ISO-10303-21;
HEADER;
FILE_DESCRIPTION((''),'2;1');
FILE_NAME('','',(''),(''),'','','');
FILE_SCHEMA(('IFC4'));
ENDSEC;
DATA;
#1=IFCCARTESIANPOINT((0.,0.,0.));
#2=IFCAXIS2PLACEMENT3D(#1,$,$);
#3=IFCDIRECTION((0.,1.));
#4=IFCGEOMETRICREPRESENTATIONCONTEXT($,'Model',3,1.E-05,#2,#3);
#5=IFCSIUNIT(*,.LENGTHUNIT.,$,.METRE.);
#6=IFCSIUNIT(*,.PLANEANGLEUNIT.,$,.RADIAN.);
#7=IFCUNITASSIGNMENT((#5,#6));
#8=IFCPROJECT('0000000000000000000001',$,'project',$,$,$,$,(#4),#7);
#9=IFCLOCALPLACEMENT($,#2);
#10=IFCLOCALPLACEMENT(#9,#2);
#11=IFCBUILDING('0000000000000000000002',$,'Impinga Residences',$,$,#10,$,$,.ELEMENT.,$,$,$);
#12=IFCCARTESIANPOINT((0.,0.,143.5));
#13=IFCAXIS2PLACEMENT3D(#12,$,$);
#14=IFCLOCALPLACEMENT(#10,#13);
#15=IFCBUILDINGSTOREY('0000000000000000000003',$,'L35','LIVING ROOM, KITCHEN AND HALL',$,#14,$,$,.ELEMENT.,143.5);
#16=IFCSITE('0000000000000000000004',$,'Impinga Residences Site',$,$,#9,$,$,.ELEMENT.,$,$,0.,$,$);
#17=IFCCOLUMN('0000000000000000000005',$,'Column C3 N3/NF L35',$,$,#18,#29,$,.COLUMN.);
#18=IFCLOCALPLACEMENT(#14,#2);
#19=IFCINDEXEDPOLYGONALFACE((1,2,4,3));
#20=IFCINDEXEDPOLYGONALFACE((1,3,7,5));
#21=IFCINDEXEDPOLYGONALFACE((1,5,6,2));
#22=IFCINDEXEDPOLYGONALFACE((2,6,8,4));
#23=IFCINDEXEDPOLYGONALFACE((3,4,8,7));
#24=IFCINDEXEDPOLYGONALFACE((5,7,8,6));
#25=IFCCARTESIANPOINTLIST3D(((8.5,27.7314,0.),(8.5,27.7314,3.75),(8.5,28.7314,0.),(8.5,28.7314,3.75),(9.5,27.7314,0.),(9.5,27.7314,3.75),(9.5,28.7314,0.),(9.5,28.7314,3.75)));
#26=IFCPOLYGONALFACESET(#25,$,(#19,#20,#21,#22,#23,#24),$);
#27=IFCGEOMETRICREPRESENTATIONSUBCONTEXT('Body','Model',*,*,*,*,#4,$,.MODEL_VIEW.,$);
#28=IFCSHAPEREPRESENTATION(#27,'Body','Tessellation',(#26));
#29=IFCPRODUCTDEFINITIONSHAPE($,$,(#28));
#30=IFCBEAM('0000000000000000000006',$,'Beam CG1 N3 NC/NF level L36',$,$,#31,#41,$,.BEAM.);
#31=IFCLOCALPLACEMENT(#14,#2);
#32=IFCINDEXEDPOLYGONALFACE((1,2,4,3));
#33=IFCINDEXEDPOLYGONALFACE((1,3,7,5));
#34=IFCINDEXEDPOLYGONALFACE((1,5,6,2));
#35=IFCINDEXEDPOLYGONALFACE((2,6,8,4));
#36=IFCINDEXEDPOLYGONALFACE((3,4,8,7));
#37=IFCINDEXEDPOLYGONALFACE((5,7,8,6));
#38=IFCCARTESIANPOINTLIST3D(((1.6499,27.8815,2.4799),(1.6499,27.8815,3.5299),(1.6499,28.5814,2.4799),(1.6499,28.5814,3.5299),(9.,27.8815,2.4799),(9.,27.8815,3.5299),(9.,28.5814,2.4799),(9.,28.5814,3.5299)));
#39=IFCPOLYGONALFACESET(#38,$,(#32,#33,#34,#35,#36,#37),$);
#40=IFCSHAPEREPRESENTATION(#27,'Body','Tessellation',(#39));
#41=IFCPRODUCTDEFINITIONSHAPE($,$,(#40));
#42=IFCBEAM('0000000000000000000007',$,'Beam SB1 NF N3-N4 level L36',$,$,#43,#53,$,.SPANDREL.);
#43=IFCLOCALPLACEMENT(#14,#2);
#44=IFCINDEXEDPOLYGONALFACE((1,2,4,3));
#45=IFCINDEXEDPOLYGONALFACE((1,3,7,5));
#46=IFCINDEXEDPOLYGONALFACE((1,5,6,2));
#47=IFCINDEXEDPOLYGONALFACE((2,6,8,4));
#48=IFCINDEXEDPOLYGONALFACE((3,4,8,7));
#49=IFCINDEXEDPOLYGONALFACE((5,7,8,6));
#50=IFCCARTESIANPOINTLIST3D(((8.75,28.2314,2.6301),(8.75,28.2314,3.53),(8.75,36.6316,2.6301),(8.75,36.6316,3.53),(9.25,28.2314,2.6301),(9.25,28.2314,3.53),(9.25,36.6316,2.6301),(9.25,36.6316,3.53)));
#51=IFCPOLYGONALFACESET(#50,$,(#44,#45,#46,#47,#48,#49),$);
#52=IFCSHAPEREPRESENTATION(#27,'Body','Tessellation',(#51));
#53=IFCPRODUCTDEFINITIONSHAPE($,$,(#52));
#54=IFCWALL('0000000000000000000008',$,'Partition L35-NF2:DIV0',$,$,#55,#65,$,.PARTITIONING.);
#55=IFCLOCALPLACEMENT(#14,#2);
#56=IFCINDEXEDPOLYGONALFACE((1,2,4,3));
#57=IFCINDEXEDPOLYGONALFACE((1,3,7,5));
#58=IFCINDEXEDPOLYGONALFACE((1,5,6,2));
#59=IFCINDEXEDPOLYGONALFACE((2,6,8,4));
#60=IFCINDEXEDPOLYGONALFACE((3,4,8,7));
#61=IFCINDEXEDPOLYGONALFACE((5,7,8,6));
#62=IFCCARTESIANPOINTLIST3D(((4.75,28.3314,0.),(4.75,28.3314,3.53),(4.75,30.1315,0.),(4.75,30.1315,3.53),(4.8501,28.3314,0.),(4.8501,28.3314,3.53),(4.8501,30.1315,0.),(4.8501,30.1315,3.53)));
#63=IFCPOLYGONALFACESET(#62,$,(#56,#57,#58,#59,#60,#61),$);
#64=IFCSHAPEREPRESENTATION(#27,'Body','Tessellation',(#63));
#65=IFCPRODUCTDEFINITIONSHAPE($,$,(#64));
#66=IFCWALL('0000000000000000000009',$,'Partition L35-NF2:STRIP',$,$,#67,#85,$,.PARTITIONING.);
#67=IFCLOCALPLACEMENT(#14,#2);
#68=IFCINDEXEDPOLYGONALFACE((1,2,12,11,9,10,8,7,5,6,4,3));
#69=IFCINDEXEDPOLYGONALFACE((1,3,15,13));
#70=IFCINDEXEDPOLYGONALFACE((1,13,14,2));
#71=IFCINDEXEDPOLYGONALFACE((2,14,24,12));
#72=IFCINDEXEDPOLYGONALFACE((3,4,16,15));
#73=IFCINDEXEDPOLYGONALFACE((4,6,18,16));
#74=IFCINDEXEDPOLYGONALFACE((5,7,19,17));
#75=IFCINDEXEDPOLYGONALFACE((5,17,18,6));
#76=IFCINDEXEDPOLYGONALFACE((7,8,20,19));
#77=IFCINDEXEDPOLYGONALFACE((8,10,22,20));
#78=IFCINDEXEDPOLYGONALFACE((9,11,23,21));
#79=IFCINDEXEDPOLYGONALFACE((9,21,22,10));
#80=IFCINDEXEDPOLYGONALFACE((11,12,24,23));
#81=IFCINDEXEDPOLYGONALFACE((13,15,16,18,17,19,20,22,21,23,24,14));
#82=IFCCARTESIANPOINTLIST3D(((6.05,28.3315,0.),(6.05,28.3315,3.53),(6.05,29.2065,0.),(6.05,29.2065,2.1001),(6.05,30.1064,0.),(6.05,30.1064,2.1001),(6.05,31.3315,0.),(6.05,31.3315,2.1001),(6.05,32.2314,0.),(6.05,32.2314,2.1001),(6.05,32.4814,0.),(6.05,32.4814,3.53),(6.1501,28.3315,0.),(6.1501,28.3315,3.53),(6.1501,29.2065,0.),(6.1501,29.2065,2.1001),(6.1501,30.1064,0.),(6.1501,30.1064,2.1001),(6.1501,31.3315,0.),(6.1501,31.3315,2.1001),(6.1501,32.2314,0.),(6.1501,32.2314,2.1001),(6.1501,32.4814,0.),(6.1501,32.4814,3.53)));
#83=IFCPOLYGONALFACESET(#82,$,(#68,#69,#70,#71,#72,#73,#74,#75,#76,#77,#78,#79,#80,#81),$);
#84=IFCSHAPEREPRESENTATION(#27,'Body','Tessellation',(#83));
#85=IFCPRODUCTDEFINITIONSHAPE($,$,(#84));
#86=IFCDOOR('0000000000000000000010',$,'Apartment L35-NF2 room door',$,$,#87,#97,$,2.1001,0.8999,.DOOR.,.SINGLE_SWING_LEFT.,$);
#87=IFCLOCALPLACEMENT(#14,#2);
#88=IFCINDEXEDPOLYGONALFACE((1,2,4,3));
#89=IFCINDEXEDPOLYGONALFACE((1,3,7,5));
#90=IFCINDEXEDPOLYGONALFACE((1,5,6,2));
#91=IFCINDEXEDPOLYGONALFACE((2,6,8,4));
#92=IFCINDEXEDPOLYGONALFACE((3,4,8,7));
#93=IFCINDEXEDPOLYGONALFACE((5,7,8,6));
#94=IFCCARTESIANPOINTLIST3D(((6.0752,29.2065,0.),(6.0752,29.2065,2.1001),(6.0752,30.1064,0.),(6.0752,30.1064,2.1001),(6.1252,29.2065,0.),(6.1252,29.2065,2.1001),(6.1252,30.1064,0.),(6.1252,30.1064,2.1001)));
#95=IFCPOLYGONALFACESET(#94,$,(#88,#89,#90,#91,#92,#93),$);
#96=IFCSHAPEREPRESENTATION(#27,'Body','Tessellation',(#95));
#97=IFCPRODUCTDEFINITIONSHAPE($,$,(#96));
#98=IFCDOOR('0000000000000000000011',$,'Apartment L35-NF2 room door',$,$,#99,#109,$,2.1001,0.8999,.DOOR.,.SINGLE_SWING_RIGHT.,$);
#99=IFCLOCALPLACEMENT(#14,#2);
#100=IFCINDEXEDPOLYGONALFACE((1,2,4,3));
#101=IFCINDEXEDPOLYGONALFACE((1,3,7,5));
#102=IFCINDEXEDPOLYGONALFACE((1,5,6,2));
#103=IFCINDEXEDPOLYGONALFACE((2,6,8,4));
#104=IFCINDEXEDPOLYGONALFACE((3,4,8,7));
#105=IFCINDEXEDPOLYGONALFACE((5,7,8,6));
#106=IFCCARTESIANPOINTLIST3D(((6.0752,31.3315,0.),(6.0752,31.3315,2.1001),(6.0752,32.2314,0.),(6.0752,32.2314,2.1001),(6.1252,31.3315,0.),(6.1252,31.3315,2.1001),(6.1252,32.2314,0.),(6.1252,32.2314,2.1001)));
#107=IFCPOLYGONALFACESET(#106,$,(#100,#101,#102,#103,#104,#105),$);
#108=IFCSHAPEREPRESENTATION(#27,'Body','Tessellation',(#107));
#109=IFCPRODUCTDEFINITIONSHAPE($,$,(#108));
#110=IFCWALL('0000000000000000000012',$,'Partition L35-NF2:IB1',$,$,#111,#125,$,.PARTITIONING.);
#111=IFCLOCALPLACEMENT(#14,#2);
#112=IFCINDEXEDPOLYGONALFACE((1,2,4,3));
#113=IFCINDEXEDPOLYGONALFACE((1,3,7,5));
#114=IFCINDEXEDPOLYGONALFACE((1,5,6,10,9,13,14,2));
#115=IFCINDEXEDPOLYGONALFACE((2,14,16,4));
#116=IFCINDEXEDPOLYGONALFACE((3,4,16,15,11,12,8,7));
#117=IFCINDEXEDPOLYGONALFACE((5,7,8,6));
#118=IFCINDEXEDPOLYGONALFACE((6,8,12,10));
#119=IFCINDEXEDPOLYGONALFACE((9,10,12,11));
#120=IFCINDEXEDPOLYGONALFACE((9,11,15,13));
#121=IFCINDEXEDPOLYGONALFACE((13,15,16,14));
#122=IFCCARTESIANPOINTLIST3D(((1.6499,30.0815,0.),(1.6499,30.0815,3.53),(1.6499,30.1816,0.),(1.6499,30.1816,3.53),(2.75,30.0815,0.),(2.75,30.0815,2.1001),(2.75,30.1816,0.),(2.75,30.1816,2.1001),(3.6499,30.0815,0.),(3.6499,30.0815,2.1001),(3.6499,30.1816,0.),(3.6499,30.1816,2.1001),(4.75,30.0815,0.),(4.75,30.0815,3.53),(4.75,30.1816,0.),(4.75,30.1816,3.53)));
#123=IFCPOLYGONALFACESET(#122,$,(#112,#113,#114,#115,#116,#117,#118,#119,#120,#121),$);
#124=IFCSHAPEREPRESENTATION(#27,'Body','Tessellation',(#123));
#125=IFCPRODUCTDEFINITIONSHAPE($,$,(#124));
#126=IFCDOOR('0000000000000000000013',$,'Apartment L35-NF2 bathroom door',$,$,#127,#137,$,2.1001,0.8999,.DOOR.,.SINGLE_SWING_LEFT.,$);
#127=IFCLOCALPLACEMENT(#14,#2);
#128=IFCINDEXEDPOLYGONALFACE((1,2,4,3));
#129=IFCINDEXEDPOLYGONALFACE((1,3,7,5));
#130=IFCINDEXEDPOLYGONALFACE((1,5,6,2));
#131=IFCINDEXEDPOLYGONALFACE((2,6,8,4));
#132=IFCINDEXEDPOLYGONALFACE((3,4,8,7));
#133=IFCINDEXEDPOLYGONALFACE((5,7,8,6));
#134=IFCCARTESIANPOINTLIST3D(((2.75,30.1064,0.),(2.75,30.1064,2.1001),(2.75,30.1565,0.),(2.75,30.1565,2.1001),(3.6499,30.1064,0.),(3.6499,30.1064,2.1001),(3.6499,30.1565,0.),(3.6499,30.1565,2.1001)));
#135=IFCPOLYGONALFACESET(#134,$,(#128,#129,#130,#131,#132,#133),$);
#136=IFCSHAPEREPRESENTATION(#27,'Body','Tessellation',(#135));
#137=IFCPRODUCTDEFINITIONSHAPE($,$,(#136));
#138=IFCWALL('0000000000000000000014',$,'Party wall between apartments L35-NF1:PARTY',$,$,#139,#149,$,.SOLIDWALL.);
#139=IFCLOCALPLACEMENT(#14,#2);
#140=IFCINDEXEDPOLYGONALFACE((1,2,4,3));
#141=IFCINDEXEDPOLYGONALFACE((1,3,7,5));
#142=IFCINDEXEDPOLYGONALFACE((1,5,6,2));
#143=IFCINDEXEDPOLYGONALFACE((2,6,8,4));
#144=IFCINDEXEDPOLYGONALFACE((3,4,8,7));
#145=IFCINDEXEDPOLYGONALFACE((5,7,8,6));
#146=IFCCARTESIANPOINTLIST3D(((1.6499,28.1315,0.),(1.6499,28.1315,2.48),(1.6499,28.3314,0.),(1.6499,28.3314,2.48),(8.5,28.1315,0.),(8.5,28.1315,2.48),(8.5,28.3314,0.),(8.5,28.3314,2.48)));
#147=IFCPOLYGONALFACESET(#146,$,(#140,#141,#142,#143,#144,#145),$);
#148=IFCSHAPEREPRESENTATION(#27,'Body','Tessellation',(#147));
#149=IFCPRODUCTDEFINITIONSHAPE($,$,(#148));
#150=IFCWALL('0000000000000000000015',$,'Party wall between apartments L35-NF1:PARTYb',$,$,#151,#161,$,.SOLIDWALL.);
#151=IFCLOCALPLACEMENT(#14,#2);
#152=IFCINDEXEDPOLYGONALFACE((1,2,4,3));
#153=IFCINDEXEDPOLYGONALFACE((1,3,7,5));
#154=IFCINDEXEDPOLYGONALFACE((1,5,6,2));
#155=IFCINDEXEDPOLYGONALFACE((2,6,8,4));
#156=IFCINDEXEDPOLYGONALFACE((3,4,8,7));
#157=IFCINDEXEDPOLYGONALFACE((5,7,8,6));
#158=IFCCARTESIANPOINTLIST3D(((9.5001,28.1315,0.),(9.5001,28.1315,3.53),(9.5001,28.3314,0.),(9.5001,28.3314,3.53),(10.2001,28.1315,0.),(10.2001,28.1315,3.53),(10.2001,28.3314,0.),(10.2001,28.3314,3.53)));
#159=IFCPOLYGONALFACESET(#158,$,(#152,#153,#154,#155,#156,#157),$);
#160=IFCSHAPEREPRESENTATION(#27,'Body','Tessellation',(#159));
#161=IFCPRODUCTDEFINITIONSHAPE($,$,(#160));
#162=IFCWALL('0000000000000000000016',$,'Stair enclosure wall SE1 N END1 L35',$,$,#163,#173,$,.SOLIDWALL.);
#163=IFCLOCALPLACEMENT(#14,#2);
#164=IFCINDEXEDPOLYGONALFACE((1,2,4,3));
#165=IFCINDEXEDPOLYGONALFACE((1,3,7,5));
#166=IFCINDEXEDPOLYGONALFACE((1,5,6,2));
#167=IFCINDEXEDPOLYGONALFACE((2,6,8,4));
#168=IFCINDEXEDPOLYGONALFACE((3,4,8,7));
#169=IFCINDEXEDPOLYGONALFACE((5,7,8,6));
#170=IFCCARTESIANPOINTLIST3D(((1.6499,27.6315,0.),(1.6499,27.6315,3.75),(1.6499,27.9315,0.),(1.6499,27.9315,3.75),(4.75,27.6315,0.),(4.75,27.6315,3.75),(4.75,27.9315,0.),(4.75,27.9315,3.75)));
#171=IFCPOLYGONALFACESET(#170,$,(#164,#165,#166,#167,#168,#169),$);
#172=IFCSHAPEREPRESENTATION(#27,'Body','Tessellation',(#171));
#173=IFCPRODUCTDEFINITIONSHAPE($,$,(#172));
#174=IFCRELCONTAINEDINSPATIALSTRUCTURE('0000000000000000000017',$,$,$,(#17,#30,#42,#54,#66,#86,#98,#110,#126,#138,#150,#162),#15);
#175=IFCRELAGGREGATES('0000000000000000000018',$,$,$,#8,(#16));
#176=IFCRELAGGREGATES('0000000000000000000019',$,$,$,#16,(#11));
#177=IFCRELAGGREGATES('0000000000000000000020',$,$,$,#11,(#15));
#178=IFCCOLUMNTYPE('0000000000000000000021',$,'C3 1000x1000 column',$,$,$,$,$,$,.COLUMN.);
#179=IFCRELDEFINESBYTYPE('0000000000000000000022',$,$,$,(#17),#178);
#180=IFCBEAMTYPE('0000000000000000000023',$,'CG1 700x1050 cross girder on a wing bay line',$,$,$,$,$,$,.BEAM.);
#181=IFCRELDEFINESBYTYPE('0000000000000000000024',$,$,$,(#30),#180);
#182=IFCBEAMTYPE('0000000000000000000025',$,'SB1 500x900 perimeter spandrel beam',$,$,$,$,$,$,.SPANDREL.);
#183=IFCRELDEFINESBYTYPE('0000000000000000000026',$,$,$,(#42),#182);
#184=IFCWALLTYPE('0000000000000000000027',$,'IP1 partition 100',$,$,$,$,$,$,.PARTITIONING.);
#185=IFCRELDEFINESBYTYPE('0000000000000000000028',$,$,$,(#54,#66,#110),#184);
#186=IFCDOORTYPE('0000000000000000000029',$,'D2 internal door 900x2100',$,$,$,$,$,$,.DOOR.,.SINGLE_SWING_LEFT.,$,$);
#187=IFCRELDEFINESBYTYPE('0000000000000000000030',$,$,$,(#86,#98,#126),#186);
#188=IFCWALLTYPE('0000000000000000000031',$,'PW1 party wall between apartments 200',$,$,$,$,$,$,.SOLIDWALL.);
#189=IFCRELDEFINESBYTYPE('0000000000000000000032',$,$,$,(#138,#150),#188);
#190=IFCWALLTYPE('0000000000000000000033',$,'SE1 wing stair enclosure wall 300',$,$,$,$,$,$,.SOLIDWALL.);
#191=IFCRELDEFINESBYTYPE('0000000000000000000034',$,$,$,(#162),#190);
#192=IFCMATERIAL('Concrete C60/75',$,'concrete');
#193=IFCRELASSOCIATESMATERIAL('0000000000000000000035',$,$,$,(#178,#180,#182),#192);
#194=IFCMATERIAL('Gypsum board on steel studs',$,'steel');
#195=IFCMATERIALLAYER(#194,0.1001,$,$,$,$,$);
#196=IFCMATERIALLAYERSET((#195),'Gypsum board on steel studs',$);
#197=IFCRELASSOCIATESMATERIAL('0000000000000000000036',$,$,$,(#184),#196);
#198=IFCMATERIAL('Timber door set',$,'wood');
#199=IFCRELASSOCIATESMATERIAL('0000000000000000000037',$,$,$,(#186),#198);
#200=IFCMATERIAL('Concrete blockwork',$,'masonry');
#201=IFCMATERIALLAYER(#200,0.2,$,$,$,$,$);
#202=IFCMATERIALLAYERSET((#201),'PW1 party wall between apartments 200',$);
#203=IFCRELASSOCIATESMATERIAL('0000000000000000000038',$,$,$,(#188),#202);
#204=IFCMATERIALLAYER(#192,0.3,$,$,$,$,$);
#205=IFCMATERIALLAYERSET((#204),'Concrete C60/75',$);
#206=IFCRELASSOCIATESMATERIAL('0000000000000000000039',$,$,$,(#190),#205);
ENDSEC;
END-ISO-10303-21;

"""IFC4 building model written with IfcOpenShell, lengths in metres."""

from ifc_helpers import new_model, si_unit, direction, frame, frame_2d, origin, origin_2d, place, context, subcontext, project, spatial, rectangle, extrude, material, layer, layer_set, material_profile, profile_set, type_object, element, fill, save


model = new_model("IFC4")

# Units and contexts
model_context = context("Model", 3, precision=1e-05, world=origin(), true_north=direction((0.0, 1.0)))
body_context = subcontext(model_context, "Body", "Model", "MODEL_VIEW")
ifc_project = project(units=[si_unit("LENGTHUNIT", "METRE"), si_unit("PLANEANGLEUNIT", "RADIAN")], contexts=[model_context])

# Site, building, storey
site_placement = place(None, origin())
site = spatial("IfcSite", under=ifc_project, at=site_placement, Name="Impinga Residences Site", CompositionType="ELEMENT", RefElevation=0.0)
building_placement = place(site_placement, origin())
building = spatial("IfcBuilding", under=site, at=building_placement, Name="Impinga Residences", CompositionType="ELEMENT")
storey_placement = place(building_placement, frame((0.0, 0.0, 143.5)))
storey = spatial("IfcBuildingStorey", under=building, at=storey_placement, Name="L35", Description="LIVING ROOM, KITCHEN AND HALL", CompositionType="ELEMENT", Elevation=143.5)

# Column
ifc_material_1 = material(Name="Concrete C60/75", Category="concrete")
ifc_material_profile_1 = material_profile(ifc_material_1, rectangle(XDim=1.0, YDim=1.0, at=origin_2d()), Name="RC 1000x1000")
ifc_profile_set_1 = profile_set([ifc_material_profile_1], Name="Concrete C60/75")
column_type = type_object("IfcColumnType", Name="C3 1000x1000 column", PredefinedType="COLUMN", material=ifc_profile_set_1)
column_placement = place(storey_placement, frame((9.0, 28.2314, 0.0), z_axis=(0.0, 0.0, 1.0), x_axis=(1.0, 0.0, 0.0)))
element("IfcColumn", 1, at=column_placement, inside=storey, type_object=column_type, Name="Column C3 N3/NF L35", PredefinedType="COLUMN", context=body_context, shape_type="SweptSolid", body=[
    extrude(rectangle(XDim=1.0, YDim=1.0, at=origin_2d()), origin(), (0.0, 0.0, 1.0), 3.75),
])

# Beams
ifc_material_profile_2 = material_profile(ifc_material_1, rectangle(XDim=0.7, YDim=1.05, at=origin_2d()), Name="RC 700x1050")
ifc_profile_set_2 = profile_set([ifc_material_profile_2], Name="Concrete C60/75")
beam_type_1 = type_object("IfcBeamType", Name="CG1 700x1050 cross girder on a wing bay line", PredefinedType="BEAM", material=ifc_profile_set_2)
beam_1_placement = place(storey_placement, frame((1.6499, 28.2314, 3.0049), z_axis=(1.0, 0.0, 0.0), x_axis=(0.0, 1.0, 0.0)))
element("IfcBeam", 2, at=beam_1_placement, inside=storey, type_object=beam_type_1, Name="Beam CG1 N3 NC/NF level L36", PredefinedType="BEAM", context=body_context, shape_type="SweptSolid", body=[
    extrude(rectangle(XDim=0.7, YDim=1.05, at=origin_2d()), origin(), (0.0, 0.0, 1.0), 7.3501),
])
ifc_material_profile_3 = material_profile(ifc_material_1, rectangle(XDim=0.5, YDim=0.8999, at=origin_2d()), Name="RC 500x900")
ifc_profile_set_3 = profile_set([ifc_material_profile_3], Name="Concrete C60/75")
beam_type_2 = type_object("IfcBeamType", Name="SB1 500x900 perimeter spandrel beam", PredefinedType="SPANDREL", material=ifc_profile_set_3)
beam_2_placement = place(storey_placement, frame((9.0, 28.2314, 3.0801), z_axis=(0.0, 1.0, 0.0), x_axis=(-1.0, 0.0, 0.0)))
element("IfcBeam", 3, at=beam_2_placement, inside=storey, type_object=beam_type_2, Name="Beam SB1 NF N3-N4 level L36", PredefinedType="SPANDREL", context=body_context, shape_type="SweptSolid", body=[
    extrude(rectangle(XDim=0.5, YDim=0.8999, at=origin_2d()), origin(), (0.0, 0.0, 1.0), 8.4001),
])

# Wall
ifc_material_2 = material(Name="Gypsum board on steel studs", Category="steel")
ifc_layer_1 = layer(ifc_material_2, 0.1001)
ifc_layer_set_1 = layer_set([ifc_layer_1], Name="Gypsum board on steel studs")
wall_type_1 = type_object("IfcWallType", Name="IP1 partition 100", PredefinedType="PARTITIONING", material=ifc_layer_set_1)
wall_1_placement = place(storey_placement, frame((4.8, 28.3315, 0.0), z_axis=(0.0, 0.0, 1.0), x_axis=(0.0, 1.0, 0.0)))
element("IfcWall", 4, at=wall_1_placement, inside=storey, type_object=wall_type_1, Name="Partition L35-NF2:DIV0", PredefinedType="PARTITIONING", context=body_context, shape_type="SweptSolid", body=[
    extrude(rectangle(XDim=1.8, YDim=0.1001, at=frame_2d((0.8999, 0.0))), origin(), (0.0, 0.0, 1.0), 3.53),
])

# Wall, openings, doors
wall_2_placement = place(storey_placement, frame((6.1001, 28.3315, 0.0), z_axis=(0.0, 0.0, 1.0), x_axis=(0.0, 1.0, 0.0)))
wall_2 = element("IfcWall", 5, at=wall_2_placement, inside=storey, type_object=wall_type_1, Name="Partition L35-NF2:STRIP", PredefinedType="PARTITIONING", context=body_context, shape_type="SweptSolid", body=[
    extrude(rectangle(XDim=4.1499, YDim=0.1001, at=frame_2d((2.075, 0.0))), origin(), (0.0, 0.0, 1.0), 3.53),
])
opening_1_placement = place(wall_2_placement, frame((0.875, 0.0, 0.0)))
opening_1 = element("IfcOpeningElement", 6, at=opening_1_placement, cuts=wall_2, PredefinedType="OPENING", context=body_context, shape_type="SweptSolid", body=[
    extrude(rectangle(XDim=0.8999, YDim=2.1001, at=frame_2d((0.45, 1.05))), frame((0.0, 0.0601, 0.0), z_axis=(0.0, -1.0, 0.0), x_axis=(1.0, 0.0, 0.0)), (0.0, 0.0, 1.0), 0.1201),
])
opening_2_placement = place(wall_2_placement, frame((3.0, 0.0, 0.0)))
opening_2 = element("IfcOpeningElement", 7, at=opening_2_placement, cuts=wall_2, PredefinedType="OPENING", context=body_context, shape_type="SweptSolid", body=[
    extrude(rectangle(XDim=0.8999, YDim=2.1001, at=frame_2d((0.45, 1.05))), frame((0.0, 0.0601, 0.0), z_axis=(0.0, -1.0, 0.0), x_axis=(1.0, 0.0, 0.0)), (0.0, 0.0, 1.0), 0.1201),
])
ifc_material_3 = material(Name="Timber door set", Category="wood")
door_type = type_object("IfcDoorType", Name="D2 internal door 900x2100", OperationType="SINGLE_SWING_LEFT", PredefinedType="DOOR", material=ifc_material_3)
door_1_placement = place(opening_1_placement, origin())
door_1 = element("IfcDoor", 8, at=door_1_placement, inside=storey, type_object=door_type, Name="Apartment L35-NF2 room door", OperationType="SINGLE_SWING_LEFT", OverallHeight=2.1001, OverallWidth=0.8999, PredefinedType="DOOR", context=body_context, shape_type="SweptSolid", body=[
    extrude(rectangle(XDim=0.8999, YDim=2.1001, at=frame_2d((0.45, 1.05))), frame((0.0, 0.0249, 0.0), z_axis=(0.0, -1.0, 0.0), x_axis=(1.0, 0.0, 0.0)), (0.0, 0.0, 1.0), 0.05),
])
fill(opening_1, door_1)
door_2_placement = place(opening_2_placement, origin())
door_2 = element("IfcDoor", 9, at=door_2_placement, inside=storey, type_object=door_type, Name="Apartment L35-NF2 room door", OperationType="SINGLE_SWING_RIGHT", OverallHeight=2.1001, OverallWidth=0.8999, PredefinedType="DOOR", context=body_context, shape_type="SweptSolid", body=[
    extrude(rectangle(XDim=0.8999, YDim=2.1001, at=frame_2d((0.45, 1.05))), frame((0.0, 0.0249, 0.0), z_axis=(0.0, -1.0, 0.0), x_axis=(1.0, 0.0, 0.0)), (0.0, 0.0, 1.0), 0.05),
])
fill(opening_2, door_2)

# Wall, opening, door
wall_3_placement = place(storey_placement, frame((1.6499, 30.1316, 0.0), z_axis=(0.0, 0.0, 1.0), x_axis=(1.0, 0.0, 0.0)))
wall_3 = element("IfcWall", 10, at=wall_3_placement, inside=storey, type_object=wall_type_1, Name="Partition L35-NF2:IB1", PredefinedType="PARTITIONING", context=body_context, shape_type="SweptSolid", body=[
    extrude(rectangle(XDim=3.1001, YDim=0.1001, at=frame_2d((1.55, 0.0))), origin(), (0.0, 0.0, 1.0), 3.53),
])
opening_3_placement = place(wall_3_placement, frame((1.1001, 0.0, 0.0)))
opening_3 = element("IfcOpeningElement", 11, at=opening_3_placement, cuts=wall_3, PredefinedType="OPENING", context=body_context, shape_type="SweptSolid", body=[
    extrude(rectangle(XDim=0.8999, YDim=2.1001, at=frame_2d((0.45, 1.05))), frame((0.0, 0.0601, 0.0), z_axis=(0.0, -1.0, 0.0), x_axis=(1.0, 0.0, 0.0)), (0.0, 0.0, 1.0), 0.1201),
])
door_3_placement = place(opening_3_placement, origin())
door_3 = element("IfcDoor", 12, at=door_3_placement, inside=storey, type_object=door_type, Name="Apartment L35-NF2 bathroom door", OperationType="SINGLE_SWING_LEFT", OverallHeight=2.1001, OverallWidth=0.8999, PredefinedType="DOOR", context=body_context, shape_type="SweptSolid", body=[
    extrude(rectangle(XDim=0.8999, YDim=2.1001, at=frame_2d((0.45, 1.05))), frame((0.0, 0.0249, 0.0), z_axis=(0.0, -1.0, 0.0), x_axis=(1.0, 0.0, 0.0)), (0.0, 0.0, 1.0), 0.05),
])
fill(opening_3, door_3)

# Walls
ifc_material_4 = material(Name="Concrete blockwork", Category="masonry")
ifc_layer_2 = layer(ifc_material_4, 0.2)
ifc_layer_set_2 = layer_set([ifc_layer_2], Name="PW1 party wall between apartments 200")
wall_type_2 = type_object("IfcWallType", Name="PW1 party wall between apartments 200", PredefinedType="SOLIDWALL", material=ifc_layer_set_2)
wall_4_placement = place(storey_placement, frame((1.6499, 28.2314, 0.0), z_axis=(0.0, 0.0, 1.0), x_axis=(1.0, 0.0, 0.0)))
element("IfcWall", 13, at=wall_4_placement, inside=storey, type_object=wall_type_2, Name="Party wall between apartments L35-NF1:PARTY", PredefinedType="SOLIDWALL", context=body_context, shape_type="SweptSolid", body=[
    extrude(rectangle(XDim=6.8501, YDim=0.2, at=frame_2d((3.425, 0.0))), origin(), (0.0, 0.0, 1.0), 2.48),
])
wall_5_placement = place(storey_placement, frame((9.5, 28.2314, 0.0), z_axis=(0.0, 0.0, 1.0), x_axis=(1.0, 0.0, 0.0)))
element("IfcWall", 14, at=wall_5_placement, inside=storey, type_object=wall_type_2, Name="Party wall between apartments L35-NF1:PARTYb", PredefinedType="SOLIDWALL", context=body_context, shape_type="SweptSolid", body=[
    extrude(rectangle(XDim=0.7, YDim=0.2, at=frame_2d((0.3501, 0.0))), origin(), (0.0, 0.0, 1.0), 3.53),
])
ifc_layer_3 = layer(ifc_material_1, 0.3)
ifc_layer_set_3 = layer_set([ifc_layer_3], Name="Concrete C60/75")
wall_type_3 = type_object("IfcWallType", Name="SE1 wing stair enclosure wall 300", PredefinedType="SOLIDWALL", material=ifc_layer_set_3)
wall_6_placement = place(storey_placement, frame((1.6499, 27.7815, 0.0), z_axis=(0.0, 0.0, 1.0), x_axis=(1.0, 0.0, 0.0)))
element("IfcWall", 15, at=wall_6_placement, inside=storey, type_object=wall_type_3, Name="Stair enclosure wall SE1 N END1 L35", PredefinedType="SOLIDWALL", context=body_context, shape_type="SweptSolid", body=[
    extrude(rectangle(XDim=3.1001, YDim=0.3, at=frame_2d((1.55, 0.0))), origin(), (0.0, 0.0, 1.0), 3.75),
])

save(model, "model.ifc")
